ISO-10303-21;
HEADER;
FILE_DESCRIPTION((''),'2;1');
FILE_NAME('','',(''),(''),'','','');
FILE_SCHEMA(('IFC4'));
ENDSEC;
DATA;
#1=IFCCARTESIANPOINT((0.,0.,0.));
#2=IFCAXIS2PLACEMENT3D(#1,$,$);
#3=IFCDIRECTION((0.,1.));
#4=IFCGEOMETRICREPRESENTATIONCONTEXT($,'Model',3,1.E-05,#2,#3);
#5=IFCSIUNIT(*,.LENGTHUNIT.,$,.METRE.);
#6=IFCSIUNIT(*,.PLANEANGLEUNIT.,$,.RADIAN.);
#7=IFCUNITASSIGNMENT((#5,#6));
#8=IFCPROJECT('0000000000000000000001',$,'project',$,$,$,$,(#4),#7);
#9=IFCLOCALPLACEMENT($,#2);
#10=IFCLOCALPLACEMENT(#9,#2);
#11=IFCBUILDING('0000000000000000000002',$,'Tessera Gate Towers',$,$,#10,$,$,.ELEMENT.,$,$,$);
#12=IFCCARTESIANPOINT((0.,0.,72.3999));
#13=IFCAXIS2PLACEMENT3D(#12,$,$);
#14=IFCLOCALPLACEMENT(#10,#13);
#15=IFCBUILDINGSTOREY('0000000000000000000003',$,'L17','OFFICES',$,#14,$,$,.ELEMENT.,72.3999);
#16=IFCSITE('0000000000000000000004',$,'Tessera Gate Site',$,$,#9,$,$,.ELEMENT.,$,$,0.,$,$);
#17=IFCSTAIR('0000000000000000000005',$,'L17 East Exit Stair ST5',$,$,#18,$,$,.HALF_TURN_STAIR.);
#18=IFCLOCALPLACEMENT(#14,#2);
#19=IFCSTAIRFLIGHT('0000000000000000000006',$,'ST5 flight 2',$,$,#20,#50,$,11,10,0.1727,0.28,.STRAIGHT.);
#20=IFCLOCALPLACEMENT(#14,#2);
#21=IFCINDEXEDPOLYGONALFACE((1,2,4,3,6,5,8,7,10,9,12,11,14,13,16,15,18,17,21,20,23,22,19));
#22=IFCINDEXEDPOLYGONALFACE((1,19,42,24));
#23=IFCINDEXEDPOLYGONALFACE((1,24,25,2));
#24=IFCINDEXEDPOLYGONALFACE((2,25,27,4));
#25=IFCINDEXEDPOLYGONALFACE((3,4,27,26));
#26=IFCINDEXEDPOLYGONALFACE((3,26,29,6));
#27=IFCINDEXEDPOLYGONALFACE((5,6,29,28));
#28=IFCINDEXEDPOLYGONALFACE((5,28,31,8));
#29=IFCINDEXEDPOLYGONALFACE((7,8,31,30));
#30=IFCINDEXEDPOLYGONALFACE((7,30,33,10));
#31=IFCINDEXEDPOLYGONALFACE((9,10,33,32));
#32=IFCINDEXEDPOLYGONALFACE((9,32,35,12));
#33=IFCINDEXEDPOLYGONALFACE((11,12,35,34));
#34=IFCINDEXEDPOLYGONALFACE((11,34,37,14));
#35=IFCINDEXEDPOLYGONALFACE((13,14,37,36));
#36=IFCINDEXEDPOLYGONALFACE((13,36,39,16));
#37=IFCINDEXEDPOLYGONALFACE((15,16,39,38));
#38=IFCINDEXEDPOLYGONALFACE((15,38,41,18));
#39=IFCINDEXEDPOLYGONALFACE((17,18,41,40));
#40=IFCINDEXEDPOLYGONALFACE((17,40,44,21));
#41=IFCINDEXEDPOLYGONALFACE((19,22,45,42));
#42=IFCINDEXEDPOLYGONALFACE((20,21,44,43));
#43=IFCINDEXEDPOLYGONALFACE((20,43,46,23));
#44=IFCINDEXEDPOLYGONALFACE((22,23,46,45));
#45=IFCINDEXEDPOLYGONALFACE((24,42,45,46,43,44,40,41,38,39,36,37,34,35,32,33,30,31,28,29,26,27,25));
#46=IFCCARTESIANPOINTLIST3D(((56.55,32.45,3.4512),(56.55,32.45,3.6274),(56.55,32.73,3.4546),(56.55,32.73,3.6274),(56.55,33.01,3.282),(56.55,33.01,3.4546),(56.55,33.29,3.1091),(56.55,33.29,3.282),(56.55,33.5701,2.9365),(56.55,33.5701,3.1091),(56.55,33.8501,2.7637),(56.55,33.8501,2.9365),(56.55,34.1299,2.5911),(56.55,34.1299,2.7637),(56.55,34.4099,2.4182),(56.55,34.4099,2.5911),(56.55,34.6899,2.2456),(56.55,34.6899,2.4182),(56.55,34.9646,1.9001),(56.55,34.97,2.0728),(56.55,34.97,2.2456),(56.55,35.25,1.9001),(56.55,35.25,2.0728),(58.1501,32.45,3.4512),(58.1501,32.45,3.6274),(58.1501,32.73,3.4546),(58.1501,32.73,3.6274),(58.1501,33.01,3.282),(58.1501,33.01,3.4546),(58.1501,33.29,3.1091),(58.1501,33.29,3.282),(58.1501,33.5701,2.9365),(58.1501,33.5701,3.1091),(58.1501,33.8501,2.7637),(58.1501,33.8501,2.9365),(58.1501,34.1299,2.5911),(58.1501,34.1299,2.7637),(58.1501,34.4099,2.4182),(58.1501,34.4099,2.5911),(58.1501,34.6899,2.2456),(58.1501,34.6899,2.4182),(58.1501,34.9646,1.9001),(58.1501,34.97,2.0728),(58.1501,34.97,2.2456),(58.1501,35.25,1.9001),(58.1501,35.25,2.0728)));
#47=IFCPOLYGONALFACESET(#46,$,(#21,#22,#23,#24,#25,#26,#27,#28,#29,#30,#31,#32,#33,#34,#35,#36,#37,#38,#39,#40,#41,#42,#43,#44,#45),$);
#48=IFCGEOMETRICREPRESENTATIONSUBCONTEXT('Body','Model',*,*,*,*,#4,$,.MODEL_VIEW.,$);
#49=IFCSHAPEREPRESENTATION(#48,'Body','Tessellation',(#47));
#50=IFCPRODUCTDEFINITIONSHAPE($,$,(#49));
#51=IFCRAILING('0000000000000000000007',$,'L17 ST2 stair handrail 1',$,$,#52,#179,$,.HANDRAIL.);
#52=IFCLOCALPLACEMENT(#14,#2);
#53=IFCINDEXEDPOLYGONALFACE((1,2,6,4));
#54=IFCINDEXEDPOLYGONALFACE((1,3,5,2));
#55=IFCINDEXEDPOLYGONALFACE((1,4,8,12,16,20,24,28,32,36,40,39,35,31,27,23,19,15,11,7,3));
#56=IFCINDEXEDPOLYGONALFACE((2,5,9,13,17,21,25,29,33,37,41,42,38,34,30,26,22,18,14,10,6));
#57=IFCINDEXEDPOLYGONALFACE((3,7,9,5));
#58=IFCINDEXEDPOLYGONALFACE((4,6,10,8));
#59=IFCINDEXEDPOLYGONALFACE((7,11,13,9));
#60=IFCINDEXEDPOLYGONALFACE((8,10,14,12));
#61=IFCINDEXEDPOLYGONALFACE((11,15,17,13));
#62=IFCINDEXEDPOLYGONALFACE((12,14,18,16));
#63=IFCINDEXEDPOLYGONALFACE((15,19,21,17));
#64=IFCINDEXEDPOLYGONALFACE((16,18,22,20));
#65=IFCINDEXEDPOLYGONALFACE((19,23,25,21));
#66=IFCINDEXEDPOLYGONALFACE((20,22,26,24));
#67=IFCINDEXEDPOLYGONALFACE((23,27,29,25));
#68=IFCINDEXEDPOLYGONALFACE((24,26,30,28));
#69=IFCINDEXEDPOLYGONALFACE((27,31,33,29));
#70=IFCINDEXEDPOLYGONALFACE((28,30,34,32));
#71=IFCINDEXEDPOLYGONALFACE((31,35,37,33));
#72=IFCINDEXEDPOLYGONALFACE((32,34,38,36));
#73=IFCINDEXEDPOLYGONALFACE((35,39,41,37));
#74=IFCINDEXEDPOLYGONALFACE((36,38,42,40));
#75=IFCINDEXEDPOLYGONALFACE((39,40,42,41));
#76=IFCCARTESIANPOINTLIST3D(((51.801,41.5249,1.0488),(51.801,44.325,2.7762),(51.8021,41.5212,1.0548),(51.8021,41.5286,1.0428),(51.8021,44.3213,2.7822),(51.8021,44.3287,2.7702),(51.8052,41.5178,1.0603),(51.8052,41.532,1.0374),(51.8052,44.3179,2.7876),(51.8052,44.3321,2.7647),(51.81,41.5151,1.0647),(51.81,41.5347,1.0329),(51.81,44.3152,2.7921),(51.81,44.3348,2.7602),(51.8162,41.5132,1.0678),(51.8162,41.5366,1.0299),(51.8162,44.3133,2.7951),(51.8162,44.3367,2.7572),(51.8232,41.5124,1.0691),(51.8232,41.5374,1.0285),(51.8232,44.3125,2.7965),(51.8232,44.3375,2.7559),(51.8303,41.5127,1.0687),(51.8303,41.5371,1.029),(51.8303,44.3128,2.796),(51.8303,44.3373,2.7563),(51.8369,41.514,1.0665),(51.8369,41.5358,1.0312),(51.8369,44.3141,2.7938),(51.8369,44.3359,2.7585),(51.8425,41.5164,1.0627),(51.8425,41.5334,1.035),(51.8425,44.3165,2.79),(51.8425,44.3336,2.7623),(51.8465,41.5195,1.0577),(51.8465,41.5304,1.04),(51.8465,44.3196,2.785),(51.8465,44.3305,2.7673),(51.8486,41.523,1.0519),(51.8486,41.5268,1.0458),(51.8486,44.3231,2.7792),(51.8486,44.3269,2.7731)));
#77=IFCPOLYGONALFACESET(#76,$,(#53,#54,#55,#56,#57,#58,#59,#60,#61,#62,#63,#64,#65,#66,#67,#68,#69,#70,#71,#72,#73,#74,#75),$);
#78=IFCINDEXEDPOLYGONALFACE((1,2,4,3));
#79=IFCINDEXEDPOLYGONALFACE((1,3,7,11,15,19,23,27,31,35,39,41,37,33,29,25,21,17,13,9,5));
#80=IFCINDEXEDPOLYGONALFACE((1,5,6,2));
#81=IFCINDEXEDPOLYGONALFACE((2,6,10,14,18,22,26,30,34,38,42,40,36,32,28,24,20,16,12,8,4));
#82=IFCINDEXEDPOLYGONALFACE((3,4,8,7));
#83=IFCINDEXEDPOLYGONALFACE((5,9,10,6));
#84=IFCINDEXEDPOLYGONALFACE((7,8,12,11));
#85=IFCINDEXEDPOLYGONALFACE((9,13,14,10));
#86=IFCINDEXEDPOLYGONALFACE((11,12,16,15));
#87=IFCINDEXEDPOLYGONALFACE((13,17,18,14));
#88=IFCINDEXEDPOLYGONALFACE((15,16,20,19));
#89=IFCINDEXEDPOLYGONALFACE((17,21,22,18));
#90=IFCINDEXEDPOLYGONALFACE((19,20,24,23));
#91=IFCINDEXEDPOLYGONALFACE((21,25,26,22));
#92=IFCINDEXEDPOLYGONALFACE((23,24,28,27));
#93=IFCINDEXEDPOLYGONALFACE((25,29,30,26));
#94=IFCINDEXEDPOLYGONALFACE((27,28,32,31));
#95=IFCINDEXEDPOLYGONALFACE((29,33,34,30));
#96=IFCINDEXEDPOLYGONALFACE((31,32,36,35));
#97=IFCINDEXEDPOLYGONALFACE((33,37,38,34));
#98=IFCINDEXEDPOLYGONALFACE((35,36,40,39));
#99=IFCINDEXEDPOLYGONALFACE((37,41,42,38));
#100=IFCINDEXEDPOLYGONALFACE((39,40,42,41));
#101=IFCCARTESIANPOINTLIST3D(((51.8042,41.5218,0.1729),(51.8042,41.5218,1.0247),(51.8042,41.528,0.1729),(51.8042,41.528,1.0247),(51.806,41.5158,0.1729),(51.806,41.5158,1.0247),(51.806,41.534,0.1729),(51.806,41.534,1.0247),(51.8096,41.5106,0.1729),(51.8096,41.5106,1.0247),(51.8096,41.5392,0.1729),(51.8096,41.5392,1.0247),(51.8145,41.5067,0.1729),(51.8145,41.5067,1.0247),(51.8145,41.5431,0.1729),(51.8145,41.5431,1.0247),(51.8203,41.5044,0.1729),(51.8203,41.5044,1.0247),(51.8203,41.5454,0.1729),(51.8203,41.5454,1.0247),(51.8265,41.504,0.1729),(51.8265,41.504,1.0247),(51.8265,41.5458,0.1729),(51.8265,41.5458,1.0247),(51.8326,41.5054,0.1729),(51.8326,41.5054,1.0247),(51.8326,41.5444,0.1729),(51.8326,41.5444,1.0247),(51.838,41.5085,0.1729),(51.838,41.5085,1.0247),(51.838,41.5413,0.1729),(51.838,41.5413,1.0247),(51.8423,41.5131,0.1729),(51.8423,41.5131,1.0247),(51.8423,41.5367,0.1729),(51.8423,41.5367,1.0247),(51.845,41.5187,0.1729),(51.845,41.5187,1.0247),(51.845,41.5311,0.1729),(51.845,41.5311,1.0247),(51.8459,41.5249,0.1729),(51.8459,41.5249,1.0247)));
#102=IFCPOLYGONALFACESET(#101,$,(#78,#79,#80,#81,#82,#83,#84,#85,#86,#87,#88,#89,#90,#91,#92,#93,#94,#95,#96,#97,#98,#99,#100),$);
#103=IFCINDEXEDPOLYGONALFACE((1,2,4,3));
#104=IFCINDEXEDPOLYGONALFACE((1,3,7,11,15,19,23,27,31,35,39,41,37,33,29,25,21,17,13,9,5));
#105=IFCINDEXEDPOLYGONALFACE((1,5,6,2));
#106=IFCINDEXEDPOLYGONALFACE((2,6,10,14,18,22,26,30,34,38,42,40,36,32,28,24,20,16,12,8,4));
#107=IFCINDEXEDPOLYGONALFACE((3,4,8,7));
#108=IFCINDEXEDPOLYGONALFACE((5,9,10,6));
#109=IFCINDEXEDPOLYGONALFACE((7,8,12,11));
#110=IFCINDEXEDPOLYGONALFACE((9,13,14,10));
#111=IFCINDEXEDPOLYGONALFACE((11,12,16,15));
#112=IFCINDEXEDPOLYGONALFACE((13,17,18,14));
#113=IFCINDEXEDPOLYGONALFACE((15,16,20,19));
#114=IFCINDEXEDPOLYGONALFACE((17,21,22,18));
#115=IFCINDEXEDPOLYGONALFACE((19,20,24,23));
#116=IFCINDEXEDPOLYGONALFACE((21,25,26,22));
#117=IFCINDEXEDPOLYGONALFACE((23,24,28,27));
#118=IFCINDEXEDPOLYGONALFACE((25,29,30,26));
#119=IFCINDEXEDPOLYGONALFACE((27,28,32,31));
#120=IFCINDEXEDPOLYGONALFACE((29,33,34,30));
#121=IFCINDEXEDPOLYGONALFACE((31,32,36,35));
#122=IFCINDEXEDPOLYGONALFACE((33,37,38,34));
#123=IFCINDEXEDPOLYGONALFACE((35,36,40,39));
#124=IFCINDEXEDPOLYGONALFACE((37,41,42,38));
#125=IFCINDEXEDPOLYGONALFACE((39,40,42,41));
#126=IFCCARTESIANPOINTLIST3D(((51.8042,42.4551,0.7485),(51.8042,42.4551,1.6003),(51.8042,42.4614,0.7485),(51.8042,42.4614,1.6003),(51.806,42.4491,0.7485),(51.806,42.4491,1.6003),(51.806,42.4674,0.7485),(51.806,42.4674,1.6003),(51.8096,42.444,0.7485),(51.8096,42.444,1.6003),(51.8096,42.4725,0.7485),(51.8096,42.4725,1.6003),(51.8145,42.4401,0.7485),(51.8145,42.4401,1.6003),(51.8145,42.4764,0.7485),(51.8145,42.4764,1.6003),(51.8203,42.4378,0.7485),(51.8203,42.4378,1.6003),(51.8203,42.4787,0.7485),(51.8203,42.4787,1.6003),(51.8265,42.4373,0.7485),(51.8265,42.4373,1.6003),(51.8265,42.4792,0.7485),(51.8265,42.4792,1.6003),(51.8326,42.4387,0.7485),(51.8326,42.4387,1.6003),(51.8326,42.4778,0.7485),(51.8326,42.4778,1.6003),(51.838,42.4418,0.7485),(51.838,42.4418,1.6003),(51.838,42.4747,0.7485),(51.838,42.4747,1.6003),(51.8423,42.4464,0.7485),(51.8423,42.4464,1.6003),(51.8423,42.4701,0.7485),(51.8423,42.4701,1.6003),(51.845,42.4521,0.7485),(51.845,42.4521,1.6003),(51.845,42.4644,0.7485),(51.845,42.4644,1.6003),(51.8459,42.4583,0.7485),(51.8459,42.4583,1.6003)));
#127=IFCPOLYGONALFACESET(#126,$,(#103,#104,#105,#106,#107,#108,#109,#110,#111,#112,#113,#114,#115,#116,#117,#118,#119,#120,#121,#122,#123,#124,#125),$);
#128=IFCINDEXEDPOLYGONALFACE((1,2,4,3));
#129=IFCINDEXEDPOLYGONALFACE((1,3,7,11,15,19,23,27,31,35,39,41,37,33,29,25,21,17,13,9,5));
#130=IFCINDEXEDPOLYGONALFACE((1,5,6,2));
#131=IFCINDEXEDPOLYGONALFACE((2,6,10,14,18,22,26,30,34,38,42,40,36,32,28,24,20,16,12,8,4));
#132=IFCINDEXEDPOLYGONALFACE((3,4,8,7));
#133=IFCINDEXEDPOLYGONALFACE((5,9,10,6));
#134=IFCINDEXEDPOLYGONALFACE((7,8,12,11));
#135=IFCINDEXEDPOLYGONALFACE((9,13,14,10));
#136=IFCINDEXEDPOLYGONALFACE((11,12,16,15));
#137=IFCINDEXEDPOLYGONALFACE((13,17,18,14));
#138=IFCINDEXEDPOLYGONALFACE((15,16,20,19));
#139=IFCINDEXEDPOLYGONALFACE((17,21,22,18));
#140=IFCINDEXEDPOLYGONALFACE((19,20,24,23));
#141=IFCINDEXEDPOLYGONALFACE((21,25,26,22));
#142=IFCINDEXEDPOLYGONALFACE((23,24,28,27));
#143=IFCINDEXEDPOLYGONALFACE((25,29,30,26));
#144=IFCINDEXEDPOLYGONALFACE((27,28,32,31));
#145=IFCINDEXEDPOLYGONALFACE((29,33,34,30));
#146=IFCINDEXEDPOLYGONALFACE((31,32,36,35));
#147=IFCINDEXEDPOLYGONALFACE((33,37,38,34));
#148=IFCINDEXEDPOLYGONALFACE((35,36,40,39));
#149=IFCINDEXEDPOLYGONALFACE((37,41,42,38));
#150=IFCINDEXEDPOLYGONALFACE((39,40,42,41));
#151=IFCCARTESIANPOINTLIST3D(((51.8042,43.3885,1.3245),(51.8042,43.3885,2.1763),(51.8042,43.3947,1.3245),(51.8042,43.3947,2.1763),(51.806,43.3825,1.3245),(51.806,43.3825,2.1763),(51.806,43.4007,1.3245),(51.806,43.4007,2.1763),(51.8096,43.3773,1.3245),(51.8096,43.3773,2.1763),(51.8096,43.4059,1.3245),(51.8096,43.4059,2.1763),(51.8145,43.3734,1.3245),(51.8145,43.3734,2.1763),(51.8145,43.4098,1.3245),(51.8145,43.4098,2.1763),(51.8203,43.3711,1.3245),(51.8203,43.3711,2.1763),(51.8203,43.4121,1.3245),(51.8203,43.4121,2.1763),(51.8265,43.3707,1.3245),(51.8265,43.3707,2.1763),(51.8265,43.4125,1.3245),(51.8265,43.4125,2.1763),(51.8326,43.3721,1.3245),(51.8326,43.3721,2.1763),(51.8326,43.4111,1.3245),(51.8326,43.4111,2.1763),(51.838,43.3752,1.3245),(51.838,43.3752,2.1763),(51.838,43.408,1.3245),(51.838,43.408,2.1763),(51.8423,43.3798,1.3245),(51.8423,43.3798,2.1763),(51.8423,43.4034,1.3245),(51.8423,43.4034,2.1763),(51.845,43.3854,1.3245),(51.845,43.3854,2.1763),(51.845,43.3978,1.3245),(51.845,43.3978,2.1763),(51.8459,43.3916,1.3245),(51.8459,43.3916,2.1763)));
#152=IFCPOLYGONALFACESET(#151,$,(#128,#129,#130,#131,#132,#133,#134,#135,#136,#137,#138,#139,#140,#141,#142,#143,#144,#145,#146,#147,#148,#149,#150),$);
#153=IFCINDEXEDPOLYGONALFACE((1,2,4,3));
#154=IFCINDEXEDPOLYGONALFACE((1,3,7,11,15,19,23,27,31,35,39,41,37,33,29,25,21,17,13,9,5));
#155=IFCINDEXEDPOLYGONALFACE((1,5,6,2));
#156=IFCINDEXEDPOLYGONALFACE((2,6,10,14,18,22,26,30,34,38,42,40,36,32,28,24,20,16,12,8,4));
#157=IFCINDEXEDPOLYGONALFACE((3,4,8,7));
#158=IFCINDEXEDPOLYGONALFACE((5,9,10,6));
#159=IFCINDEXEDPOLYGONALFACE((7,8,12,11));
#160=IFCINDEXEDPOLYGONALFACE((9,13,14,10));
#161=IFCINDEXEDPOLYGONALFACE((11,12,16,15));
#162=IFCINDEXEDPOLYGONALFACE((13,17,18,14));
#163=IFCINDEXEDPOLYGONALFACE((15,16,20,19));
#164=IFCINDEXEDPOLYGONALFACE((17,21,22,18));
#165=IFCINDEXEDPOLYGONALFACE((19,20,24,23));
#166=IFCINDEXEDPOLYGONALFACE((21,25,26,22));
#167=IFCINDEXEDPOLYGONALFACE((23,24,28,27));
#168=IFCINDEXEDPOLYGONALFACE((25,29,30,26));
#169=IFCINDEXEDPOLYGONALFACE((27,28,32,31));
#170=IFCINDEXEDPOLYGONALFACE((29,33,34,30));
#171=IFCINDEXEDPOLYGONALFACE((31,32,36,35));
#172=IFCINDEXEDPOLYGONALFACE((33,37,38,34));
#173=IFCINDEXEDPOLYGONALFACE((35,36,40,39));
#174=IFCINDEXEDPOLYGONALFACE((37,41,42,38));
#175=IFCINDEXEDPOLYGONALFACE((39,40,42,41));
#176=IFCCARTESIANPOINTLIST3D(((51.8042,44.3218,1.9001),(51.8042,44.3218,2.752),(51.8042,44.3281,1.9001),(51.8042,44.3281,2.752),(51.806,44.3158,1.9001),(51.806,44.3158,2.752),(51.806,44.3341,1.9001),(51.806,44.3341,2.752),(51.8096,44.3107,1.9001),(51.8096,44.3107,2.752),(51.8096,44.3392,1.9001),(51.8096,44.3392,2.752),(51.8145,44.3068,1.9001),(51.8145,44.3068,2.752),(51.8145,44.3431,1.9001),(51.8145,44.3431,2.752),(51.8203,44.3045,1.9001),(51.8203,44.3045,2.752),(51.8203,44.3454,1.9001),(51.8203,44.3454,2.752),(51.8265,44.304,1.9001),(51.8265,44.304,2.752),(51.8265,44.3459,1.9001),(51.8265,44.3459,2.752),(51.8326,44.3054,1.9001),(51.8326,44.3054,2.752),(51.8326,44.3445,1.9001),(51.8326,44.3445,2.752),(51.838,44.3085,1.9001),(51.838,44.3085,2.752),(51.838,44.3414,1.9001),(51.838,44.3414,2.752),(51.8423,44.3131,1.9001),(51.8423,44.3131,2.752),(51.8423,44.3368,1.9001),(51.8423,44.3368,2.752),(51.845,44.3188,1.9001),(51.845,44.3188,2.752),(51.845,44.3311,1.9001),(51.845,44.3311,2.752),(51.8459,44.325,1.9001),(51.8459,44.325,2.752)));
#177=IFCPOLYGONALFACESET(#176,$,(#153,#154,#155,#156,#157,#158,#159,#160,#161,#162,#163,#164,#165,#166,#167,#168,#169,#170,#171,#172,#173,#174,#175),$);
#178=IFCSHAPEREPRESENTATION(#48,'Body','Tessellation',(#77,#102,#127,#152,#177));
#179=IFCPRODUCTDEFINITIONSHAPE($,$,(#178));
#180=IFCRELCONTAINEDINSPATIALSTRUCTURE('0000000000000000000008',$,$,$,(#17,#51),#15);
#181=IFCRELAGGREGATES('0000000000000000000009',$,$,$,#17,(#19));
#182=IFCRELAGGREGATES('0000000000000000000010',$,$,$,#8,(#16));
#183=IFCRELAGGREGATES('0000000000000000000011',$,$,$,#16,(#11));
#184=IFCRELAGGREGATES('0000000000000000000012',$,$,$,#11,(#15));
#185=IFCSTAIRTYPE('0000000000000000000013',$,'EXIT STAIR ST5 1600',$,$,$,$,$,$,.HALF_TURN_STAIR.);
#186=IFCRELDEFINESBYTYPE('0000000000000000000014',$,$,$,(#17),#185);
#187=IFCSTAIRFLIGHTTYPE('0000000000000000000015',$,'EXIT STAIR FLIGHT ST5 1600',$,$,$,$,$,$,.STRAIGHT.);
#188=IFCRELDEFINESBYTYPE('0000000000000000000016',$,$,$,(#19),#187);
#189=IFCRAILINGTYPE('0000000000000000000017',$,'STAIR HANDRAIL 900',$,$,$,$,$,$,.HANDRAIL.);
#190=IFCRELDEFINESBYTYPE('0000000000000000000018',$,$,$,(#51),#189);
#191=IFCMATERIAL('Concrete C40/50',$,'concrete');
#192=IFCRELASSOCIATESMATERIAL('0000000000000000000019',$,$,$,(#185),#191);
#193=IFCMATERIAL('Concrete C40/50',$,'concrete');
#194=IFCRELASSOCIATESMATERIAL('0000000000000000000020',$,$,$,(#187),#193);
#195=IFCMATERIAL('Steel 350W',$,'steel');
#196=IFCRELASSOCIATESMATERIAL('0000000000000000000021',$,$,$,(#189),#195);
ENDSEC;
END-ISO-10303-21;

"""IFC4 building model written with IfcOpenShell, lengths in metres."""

from ifc_helpers import new_model, si_unit, direction, frame, origin, origin_2d, place, context, subcontext, project, spatial, polyline, circle, outline, extrude, material, type_object, element, aggregate, save


model = new_model("IFC4")

# Units and contexts
model_context = context("Model", 3, precision=1e-05, world=origin(), true_north=direction((0.0, 1.0)))
body_context = subcontext(model_context, "Body", "Model", "MODEL_VIEW")
ifc_project = project(units=[si_unit("LENGTHUNIT", "METRE"), si_unit("PLANEANGLEUNIT", "RADIAN")], contexts=[model_context])

# Site, building, storey
site_placement = place(None, origin())
site = spatial("IfcSite", under=ifc_project, at=site_placement, Name="Tessera Gate Site", CompositionType="ELEMENT", RefElevation=0.0)
building_placement = place(site_placement, origin())
building = spatial("IfcBuilding", under=site, at=building_placement, Name="Tessera Gate Towers", CompositionType="ELEMENT")
storey_placement = place(building_placement, frame((0.0, 0.0, 72.3999)))
storey = spatial("IfcBuildingStorey", under=building, at=storey_placement, Name="L17", Description="OFFICES", CompositionType="ELEMENT", Elevation=72.3999)

# Stair, stair flight
ifc_material_1 = material(Name="Concrete C40/50", Category="concrete")
stair_type = type_object("IfcStairType", Name="EXIT STAIR ST5 1600", PredefinedType="HALF_TURN_STAIR", material=ifc_material_1)
stair_placement = place(storey_placement, origin())
stair = element("IfcStair", 1, at=stair_placement, inside=storey, type_object=stair_type, Name="L17 East Exit Stair ST5", PredefinedType="HALF_TURN_STAIR")
ifc_material_2 = material(Name="Concrete C40/50", Category="concrete")
stair_flight_type = type_object("IfcStairFlightType", Name="EXIT STAIR FLIGHT ST5 1600", PredefinedType="STRAIGHT", material=ifc_material_2)
stair_flight_placement = place(storey_placement, frame((57.3501, 35.25, 1.9001), z_axis=(0.0, 0.0, 1.0), x_axis=(0.0, -1.0, 0.0)))
stair_flight = element("IfcStairFlight", 2, at=stair_flight_placement, type_object=stair_flight_type, Name="ST5 flight 2", NumberOfRisers=11, NumberOfTreads=10, PredefinedType="STRAIGHT", RiserHeight=0.1727, TreadLength=0.28, context=body_context, shape_type="SweptSolid", body=[
    extrude(outline(polyline([(0.0, 0.0), (0.0, 0.1726), (0.28, 0.1726), (0.28, 0.3455), (0.5601, 0.3455), (0.5601, 0.5181), (0.8401, 0.5181), (0.8401, 0.6909), (1.1201, 0.6909), (1.1201, 0.8635), (1.3999, 0.8635), (1.3999, 1.0364), (1.6799, 1.0364), (1.6799, 1.209), (1.96, 1.209), (1.96, 1.3818), (2.24, 1.3818), (2.24, 1.5544), (2.52, 1.5544), (2.52, 1.7273), (2.8, 1.7273), (2.8, 1.8999), (2.8, 1.551), (0.2854, 0.0), (0.0, 0.0)])), frame((0.0, 0.8, 0.0), z_axis=(0.0, -1.0, 0.0), x_axis=(1.0, 0.0, 0.0)), (0.0, 0.0, 1.0), 1.6001),
])
aggregate(stair, [stair_flight])

# Railing
ifc_material_3 = material(Name="Steel 350W", Category="steel")
railing_type = type_object("IfcRailingType", Name="STAIR HANDRAIL 900", PredefinedType="HANDRAIL", material=ifc_material_3)
for number, where, name in (
    (3, (51.825, 41.5249, 0.1729), "L17 ST2 stair handrail 1"),
):
    element("IfcRailing", number, at=place(storey_placement, frame(where)), inside=storey, type_object=railing_type, Name=name, PredefinedType="HANDRAIL", context=body_context, shape_type="SweptSolid", body=[
        extrude(circle(Radius=0.0239, at=origin_2d()), frame((0.0, 0.0, 0.876), z_axis=(0.0, 0.85109, 0.52502), x_axis=(-1.0, 0.0, 0.0)), (0.0, 0.0, 1.0), 3.29),
        extrude(circle(Radius=0.021, at=origin_2d()), origin(), (0.0, 0.0, 1.0), 0.8518),
        extrude(circle(Radius=0.021, at=origin_2d()), frame((0.0, 0.9333, 0.5757)), (0.0, 0.0, 1.0), 0.8518),
        extrude(circle(Radius=0.021, at=origin_2d()), frame((0.0, 1.8667, 1.1516)), (0.0, 0.0, 1.0), 0.8518),
        extrude(circle(Radius=0.021, at=origin_2d()), frame((0.0, 2.8, 1.7273)), (0.0, 0.0, 1.0), 0.8518),
    ])

save(model, "model.ifc")
